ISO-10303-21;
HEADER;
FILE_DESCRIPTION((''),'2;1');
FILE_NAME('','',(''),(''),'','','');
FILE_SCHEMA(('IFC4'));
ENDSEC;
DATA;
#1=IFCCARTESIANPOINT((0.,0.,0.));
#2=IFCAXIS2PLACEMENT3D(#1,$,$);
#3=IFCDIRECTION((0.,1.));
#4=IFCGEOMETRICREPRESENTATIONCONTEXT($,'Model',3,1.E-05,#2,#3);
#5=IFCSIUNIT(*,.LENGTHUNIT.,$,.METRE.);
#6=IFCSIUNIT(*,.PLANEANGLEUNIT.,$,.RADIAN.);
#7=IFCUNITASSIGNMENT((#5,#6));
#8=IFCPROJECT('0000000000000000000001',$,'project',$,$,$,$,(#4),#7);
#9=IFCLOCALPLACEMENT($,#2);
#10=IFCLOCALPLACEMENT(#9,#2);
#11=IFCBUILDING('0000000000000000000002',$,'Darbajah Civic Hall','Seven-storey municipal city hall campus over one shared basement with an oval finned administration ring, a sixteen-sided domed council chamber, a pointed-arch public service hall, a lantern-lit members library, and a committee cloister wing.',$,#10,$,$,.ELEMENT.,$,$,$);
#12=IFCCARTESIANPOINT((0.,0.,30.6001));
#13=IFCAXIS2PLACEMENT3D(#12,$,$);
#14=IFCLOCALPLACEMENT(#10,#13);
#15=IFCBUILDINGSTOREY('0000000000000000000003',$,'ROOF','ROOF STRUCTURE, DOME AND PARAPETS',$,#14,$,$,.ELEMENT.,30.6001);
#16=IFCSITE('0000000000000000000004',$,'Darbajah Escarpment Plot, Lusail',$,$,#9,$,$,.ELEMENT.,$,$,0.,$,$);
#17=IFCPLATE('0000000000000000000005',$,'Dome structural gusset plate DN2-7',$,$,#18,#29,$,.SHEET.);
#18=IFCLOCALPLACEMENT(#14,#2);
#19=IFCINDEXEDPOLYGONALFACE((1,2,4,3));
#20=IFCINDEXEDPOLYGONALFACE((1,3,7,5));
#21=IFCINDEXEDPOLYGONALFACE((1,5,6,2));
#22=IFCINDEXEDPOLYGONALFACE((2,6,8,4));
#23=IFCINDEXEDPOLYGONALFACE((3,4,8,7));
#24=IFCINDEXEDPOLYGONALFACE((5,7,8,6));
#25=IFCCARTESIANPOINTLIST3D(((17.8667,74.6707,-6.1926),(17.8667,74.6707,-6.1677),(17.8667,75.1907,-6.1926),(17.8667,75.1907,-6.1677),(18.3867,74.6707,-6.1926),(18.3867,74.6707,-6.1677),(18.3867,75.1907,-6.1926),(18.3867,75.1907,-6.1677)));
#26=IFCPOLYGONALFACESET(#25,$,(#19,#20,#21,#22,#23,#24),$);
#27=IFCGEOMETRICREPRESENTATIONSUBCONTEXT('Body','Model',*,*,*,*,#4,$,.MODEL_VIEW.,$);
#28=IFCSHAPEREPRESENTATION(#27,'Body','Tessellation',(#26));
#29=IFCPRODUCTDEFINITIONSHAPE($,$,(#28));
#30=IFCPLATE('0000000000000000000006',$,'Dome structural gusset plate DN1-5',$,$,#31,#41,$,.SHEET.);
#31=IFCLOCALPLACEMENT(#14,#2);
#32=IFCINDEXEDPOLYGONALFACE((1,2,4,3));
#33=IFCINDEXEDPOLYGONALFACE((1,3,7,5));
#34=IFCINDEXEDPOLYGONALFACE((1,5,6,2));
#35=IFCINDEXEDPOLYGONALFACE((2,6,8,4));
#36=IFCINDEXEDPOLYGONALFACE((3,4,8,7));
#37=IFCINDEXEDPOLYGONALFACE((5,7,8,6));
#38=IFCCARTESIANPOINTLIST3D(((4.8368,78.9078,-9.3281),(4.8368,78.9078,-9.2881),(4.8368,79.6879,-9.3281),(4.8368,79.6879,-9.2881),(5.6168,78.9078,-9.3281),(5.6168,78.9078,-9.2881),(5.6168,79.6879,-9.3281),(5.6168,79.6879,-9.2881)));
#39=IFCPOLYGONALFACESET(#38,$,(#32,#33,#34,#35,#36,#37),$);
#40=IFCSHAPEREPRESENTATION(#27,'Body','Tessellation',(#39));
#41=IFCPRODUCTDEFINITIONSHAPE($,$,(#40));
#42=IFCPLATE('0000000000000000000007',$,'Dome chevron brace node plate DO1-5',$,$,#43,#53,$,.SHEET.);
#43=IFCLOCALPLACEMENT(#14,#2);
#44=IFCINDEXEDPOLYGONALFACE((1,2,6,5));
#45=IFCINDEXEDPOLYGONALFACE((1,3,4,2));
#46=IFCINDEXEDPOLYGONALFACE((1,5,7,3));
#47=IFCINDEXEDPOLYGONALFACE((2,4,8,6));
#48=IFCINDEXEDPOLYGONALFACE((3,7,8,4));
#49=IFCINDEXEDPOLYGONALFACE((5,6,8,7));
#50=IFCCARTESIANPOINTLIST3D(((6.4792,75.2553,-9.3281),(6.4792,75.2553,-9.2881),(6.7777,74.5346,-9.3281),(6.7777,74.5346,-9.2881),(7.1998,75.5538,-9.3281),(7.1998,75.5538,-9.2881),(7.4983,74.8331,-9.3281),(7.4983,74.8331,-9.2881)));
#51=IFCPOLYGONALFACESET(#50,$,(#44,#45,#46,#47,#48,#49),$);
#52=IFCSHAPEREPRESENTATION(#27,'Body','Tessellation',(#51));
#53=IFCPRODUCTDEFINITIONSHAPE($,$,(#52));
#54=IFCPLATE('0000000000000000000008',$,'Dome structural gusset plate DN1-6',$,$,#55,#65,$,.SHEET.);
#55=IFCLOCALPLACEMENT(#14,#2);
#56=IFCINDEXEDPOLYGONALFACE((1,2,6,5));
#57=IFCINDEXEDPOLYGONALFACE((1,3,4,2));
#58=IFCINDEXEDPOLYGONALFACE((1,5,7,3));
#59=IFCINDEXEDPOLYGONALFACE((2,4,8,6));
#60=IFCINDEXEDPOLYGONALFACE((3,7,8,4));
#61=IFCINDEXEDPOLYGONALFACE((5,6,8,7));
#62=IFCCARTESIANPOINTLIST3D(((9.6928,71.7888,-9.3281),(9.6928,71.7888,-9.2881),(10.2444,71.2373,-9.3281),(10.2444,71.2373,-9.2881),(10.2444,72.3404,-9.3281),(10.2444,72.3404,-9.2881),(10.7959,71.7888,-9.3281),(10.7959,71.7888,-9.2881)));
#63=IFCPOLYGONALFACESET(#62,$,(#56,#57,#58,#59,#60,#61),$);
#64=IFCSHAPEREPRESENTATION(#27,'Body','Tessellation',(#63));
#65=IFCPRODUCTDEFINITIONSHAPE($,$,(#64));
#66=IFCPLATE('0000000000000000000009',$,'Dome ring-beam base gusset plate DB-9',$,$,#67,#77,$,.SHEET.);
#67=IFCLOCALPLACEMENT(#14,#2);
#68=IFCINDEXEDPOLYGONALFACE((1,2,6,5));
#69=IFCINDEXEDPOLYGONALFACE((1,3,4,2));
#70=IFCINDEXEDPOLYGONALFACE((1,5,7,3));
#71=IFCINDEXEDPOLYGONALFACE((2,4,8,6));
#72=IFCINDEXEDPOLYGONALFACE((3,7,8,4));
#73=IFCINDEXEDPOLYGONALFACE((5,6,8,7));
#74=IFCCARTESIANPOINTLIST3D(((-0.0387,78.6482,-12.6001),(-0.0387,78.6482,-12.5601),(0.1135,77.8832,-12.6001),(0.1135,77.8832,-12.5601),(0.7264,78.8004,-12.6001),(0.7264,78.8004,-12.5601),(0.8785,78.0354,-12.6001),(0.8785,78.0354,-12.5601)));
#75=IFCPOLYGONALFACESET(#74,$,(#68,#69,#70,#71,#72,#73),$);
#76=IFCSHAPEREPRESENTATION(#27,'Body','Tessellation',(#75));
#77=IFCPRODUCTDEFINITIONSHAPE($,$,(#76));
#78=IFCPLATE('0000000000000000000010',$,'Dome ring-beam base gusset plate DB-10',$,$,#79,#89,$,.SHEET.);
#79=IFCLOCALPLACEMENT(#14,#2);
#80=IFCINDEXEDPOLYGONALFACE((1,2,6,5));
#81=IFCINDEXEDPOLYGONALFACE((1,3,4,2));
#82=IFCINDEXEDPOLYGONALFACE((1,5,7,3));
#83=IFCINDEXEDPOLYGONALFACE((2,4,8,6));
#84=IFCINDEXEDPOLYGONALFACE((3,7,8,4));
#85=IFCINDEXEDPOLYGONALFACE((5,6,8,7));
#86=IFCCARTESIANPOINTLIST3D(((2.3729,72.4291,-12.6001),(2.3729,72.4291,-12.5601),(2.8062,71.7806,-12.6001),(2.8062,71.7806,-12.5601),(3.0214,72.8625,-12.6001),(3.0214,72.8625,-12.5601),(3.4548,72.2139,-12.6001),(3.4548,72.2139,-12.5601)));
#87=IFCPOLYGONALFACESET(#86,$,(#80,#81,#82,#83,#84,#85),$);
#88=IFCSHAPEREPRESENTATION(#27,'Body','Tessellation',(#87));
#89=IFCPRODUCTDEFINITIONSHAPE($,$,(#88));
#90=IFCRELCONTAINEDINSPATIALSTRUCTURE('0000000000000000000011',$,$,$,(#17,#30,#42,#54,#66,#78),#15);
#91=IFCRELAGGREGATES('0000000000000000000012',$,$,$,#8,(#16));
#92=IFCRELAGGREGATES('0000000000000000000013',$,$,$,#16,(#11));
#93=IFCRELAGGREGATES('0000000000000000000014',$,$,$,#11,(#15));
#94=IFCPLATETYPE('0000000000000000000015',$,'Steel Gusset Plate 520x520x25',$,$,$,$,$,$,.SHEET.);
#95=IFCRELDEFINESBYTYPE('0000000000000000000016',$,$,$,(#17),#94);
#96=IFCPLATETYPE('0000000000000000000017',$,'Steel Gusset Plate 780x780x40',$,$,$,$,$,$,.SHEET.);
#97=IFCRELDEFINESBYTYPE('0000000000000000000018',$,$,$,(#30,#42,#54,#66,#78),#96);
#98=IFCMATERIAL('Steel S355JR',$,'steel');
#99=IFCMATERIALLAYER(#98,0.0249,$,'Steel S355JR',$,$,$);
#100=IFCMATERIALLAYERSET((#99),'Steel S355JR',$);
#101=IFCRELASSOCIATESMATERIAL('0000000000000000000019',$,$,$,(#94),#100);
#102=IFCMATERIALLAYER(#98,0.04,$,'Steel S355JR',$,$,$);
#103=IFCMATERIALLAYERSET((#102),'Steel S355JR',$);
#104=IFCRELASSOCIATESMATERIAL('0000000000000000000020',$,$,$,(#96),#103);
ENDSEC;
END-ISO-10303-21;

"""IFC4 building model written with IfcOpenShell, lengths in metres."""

from ifc_helpers import new_model, si_unit, direction, frame, origin, origin_2d, place, context, subcontext, project, spatial, rectangle, extrude, material, layer, layer_set, type_object, element, save


model = new_model("IFC4")

# Units and contexts
model_context = context("Model", 3, precision=1e-05, world=origin(), true_north=direction((0.0, 1.0)))
body_context = subcontext(model_context, "Body", "Model", "MODEL_VIEW")
ifc_project = project(units=[si_unit("LENGTHUNIT", "METRE"), si_unit("PLANEANGLEUNIT", "RADIAN")], contexts=[model_context])

# Site, building, storey
site_placement = place(None, origin())
site = spatial("IfcSite", under=ifc_project, at=site_placement, Name="Darbajah Escarpment Plot, Lusail", CompositionType="ELEMENT", RefElevation=0.0)
building_placement = place(site_placement, origin())
building = spatial("IfcBuilding", under=site, at=building_placement, Name="Darbajah Civic Hall", Description="Seven-storey municipal city hall campus over one shared basement with an oval finned administration ring, a sixteen-sided domed council chamber, a pointed-arch public service hall, a lantern-lit members library, and a committee cloister wing.", CompositionType="ELEMENT")
storey_placement = place(building_placement, frame((0.0, 0.0, 30.6001)))
storey = spatial("IfcBuildingStorey", under=building, at=storey_placement, Name="ROOF", Description="ROOF STRUCTURE, DOME AND PARAPETS", CompositionType="ELEMENT", Elevation=30.6001)

# Shared definitions
ifc_material = material(Name="Steel S355JR", Category="steel")

# Plates
ifc_layer_1 = layer(ifc_material, 0.0249, Name="Steel S355JR")
ifc_layer_set_1 = layer_set([ifc_layer_1], Name="Steel S355JR")
plate_type_1 = type_object("IfcPlateType", Name="Steel Gusset Plate 520x520x25", PredefinedType="SHEET", material=ifc_layer_set_1)
for number, where, z_axis, x_axis, name in (
    (1, (18.1267, 74.9307, -6.1926), (0.0, 0.0, 1.0), (0.0, -1.0, 0.0), "Dome structural gusset plate DN2-7"),
):
    element("IfcPlate", number, at=place(storey_placement, frame(where, z_axis=z_axis, x_axis=x_axis)), inside=storey, type_object=plate_type_1, Name=name, PredefinedType="SHEET", context=body_context, shape_type="SweptSolid", body=[
        extrude(rectangle(XDim=0.52, YDim=0.52, at=origin_2d()), origin(), (0.0, 0.0, 1.0), 0.0249),
    ])
ifc_layer_2 = layer(ifc_material, 0.04, Name="Steel S355JR")
ifc_layer_set_2 = layer_set([ifc_layer_2], Name="Steel S355JR")
plate_type_2 = type_object("IfcPlateType", Name="Steel Gusset Plate 780x780x40", PredefinedType="SHEET", material=ifc_layer_set_2)
for number, where, z_axis, x_axis, name in (
    (2, (5.2268, 79.2979, -9.3281), (0.0, 0.0, 1.0), (-1.0, 0.0, 0.0), "Dome structural gusset plate DN1-5"),
    (3, (6.9888, 75.0442, -9.3281), (0.0, 0.0, 1.0), (-0.92388, -0.382683, 0.0), "Dome chevron brace node plate DO1-5"),
    (4, (10.2444, 71.7888, -9.3281), (0.0, 0.0, 1.0), (-0.707107, -0.707107, 0.0), "Dome structural gusset plate DN1-6"),
    (5, (0.4199, 78.3418, -12.6001), (0.0, 0.0, 1.0), (-0.980785, -0.19509, 0.0), "Dome ring-beam base gusset plate DB-9"),
    (6, (2.9138, 72.3215, -12.6001), (0.0, 0.0, 1.0), (-0.83147, -0.55557, 0.0), "Dome ring-beam base gusset plate DB-10"),
):
    element("IfcPlate", number, at=place(storey_placement, frame(where, z_axis=z_axis, x_axis=x_axis)), inside=storey, type_object=plate_type_2, Name=name, PredefinedType="SHEET", context=body_context, shape_type="SweptSolid", body=[
        extrude(rectangle(XDim=0.78, YDim=0.78, at=origin_2d()), origin(), (0.0, 0.0, 1.0), 0.04),
    ])

save(model, "model.ifc")
